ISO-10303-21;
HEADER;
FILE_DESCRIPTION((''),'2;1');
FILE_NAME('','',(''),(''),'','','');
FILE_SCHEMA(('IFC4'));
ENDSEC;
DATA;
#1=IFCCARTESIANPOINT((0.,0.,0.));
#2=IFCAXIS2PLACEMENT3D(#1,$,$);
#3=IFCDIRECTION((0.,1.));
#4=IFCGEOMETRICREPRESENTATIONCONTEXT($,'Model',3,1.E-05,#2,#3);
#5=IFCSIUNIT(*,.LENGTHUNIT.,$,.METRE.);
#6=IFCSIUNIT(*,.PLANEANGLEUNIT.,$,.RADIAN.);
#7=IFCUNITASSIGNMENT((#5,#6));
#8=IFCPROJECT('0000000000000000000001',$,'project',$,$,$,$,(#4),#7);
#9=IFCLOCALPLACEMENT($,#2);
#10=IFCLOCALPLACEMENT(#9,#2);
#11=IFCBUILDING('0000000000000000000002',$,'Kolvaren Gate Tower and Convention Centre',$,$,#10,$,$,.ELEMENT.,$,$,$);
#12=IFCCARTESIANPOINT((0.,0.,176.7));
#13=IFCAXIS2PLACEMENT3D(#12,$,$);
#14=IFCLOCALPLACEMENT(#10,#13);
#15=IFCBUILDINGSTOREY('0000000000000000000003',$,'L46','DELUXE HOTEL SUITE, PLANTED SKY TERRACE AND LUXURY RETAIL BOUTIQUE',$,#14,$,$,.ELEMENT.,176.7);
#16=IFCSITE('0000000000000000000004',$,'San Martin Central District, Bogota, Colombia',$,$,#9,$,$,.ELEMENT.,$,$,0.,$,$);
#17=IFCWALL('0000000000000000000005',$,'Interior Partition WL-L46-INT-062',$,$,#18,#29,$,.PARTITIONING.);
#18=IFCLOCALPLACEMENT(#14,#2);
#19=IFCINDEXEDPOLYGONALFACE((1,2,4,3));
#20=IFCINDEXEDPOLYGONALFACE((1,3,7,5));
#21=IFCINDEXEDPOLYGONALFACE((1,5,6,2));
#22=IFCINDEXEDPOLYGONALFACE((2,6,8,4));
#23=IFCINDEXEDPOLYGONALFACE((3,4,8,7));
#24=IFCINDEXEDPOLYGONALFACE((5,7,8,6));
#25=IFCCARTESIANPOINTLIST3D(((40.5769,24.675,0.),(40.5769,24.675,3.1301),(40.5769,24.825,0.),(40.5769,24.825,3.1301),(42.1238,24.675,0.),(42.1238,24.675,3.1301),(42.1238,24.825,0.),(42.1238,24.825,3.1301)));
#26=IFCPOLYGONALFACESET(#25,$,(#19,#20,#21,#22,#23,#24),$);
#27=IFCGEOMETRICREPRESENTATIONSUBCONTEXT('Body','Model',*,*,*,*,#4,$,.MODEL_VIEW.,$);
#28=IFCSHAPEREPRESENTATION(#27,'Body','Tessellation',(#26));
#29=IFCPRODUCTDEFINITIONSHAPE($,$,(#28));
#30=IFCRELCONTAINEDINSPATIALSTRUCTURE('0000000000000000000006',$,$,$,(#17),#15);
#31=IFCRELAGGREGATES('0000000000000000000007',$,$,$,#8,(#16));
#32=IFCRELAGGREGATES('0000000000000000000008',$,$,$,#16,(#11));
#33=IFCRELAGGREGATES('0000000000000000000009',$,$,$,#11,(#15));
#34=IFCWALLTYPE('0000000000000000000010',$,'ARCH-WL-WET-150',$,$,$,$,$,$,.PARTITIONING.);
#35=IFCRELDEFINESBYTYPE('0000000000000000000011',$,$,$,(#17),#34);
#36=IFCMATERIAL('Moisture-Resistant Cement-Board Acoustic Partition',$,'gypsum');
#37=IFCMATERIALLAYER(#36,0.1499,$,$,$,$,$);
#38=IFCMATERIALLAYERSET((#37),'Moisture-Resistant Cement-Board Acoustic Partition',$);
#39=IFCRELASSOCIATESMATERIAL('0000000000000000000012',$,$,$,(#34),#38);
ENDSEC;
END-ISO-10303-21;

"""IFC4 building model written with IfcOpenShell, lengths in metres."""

from ifc_helpers import new_model, si_unit, direction, frame, frame_2d, origin, place, context, subcontext, project, spatial, rectangle, extrude, material, layer, layer_set, type_object, element, save


model = new_model("IFC4")

# Units and contexts
model_context = context("Model", 3, precision=1e-05, world=origin(), true_north=direction((0.0, 1.0)))
body_context = subcontext(model_context, "Body", "Model", "MODEL_VIEW")
ifc_project = project(units=[si_unit("LENGTHUNIT", "METRE"), si_unit("PLANEANGLEUNIT", "RADIAN")], contexts=[model_context])

# Site, building, storey
site_placement = place(None, origin())
site = spatial("IfcSite", under=ifc_project, at=site_placement, Name="San Martin Central District, Bogota, Colombia", CompositionType="ELEMENT", RefElevation=0.0)
building_placement = place(site_placement, origin())
building = spatial("IfcBuilding", under=site, at=building_placement, Name="Kolvaren Gate Tower and Convention Centre", CompositionType="ELEMENT")
storey_placement = place(building_placement, frame((0.0, 0.0, 176.7)))
storey = spatial("IfcBuildingStorey", under=building, at=storey_placement, Name="L46", Description="DELUXE HOTEL SUITE, PLANTED SKY TERRACE AND LUXURY RETAIL BOUTIQUE", CompositionType="ELEMENT", Elevation=176.7)

# Shared definitions
ifc_material_1 = material(Name="Moisture-Resistant Cement-Board Acoustic Partition", Category="gypsum")
ifc_layer_1 = layer(ifc_material_1, 0.1499)
ifc_layer_set_1 = layer_set([ifc_layer_1], Name="Moisture-Resistant Cement-Board Acoustic Partition")
wall_type_1 = type_object("IfcWallType", Name="ARCH-WL-WET-150", PredefinedType="PARTITIONING", material=ifc_layer_set_1)

# Wall
wall_1_placement = place(storey_placement, frame((40.5769, 24.75, 0.0), z_axis=(0.0, 0.0, 1.0), x_axis=(1.0, 0.0, 0.0)))
element("IfcWall", 1, at=wall_1_placement, inside=storey, type_object=wall_type_1, Name="Interior Partition WL-L46-INT-062", PredefinedType="PARTITIONING", context=body_context, shape_type="SweptSolid", body=[
    extrude(rectangle(XDim=1.5469, YDim=0.1499, at=frame_2d((0.7734, 0.0))), origin(), (0.0, 0.0, 1.0), 3.1301),
])

save(model, "model.ifc")
